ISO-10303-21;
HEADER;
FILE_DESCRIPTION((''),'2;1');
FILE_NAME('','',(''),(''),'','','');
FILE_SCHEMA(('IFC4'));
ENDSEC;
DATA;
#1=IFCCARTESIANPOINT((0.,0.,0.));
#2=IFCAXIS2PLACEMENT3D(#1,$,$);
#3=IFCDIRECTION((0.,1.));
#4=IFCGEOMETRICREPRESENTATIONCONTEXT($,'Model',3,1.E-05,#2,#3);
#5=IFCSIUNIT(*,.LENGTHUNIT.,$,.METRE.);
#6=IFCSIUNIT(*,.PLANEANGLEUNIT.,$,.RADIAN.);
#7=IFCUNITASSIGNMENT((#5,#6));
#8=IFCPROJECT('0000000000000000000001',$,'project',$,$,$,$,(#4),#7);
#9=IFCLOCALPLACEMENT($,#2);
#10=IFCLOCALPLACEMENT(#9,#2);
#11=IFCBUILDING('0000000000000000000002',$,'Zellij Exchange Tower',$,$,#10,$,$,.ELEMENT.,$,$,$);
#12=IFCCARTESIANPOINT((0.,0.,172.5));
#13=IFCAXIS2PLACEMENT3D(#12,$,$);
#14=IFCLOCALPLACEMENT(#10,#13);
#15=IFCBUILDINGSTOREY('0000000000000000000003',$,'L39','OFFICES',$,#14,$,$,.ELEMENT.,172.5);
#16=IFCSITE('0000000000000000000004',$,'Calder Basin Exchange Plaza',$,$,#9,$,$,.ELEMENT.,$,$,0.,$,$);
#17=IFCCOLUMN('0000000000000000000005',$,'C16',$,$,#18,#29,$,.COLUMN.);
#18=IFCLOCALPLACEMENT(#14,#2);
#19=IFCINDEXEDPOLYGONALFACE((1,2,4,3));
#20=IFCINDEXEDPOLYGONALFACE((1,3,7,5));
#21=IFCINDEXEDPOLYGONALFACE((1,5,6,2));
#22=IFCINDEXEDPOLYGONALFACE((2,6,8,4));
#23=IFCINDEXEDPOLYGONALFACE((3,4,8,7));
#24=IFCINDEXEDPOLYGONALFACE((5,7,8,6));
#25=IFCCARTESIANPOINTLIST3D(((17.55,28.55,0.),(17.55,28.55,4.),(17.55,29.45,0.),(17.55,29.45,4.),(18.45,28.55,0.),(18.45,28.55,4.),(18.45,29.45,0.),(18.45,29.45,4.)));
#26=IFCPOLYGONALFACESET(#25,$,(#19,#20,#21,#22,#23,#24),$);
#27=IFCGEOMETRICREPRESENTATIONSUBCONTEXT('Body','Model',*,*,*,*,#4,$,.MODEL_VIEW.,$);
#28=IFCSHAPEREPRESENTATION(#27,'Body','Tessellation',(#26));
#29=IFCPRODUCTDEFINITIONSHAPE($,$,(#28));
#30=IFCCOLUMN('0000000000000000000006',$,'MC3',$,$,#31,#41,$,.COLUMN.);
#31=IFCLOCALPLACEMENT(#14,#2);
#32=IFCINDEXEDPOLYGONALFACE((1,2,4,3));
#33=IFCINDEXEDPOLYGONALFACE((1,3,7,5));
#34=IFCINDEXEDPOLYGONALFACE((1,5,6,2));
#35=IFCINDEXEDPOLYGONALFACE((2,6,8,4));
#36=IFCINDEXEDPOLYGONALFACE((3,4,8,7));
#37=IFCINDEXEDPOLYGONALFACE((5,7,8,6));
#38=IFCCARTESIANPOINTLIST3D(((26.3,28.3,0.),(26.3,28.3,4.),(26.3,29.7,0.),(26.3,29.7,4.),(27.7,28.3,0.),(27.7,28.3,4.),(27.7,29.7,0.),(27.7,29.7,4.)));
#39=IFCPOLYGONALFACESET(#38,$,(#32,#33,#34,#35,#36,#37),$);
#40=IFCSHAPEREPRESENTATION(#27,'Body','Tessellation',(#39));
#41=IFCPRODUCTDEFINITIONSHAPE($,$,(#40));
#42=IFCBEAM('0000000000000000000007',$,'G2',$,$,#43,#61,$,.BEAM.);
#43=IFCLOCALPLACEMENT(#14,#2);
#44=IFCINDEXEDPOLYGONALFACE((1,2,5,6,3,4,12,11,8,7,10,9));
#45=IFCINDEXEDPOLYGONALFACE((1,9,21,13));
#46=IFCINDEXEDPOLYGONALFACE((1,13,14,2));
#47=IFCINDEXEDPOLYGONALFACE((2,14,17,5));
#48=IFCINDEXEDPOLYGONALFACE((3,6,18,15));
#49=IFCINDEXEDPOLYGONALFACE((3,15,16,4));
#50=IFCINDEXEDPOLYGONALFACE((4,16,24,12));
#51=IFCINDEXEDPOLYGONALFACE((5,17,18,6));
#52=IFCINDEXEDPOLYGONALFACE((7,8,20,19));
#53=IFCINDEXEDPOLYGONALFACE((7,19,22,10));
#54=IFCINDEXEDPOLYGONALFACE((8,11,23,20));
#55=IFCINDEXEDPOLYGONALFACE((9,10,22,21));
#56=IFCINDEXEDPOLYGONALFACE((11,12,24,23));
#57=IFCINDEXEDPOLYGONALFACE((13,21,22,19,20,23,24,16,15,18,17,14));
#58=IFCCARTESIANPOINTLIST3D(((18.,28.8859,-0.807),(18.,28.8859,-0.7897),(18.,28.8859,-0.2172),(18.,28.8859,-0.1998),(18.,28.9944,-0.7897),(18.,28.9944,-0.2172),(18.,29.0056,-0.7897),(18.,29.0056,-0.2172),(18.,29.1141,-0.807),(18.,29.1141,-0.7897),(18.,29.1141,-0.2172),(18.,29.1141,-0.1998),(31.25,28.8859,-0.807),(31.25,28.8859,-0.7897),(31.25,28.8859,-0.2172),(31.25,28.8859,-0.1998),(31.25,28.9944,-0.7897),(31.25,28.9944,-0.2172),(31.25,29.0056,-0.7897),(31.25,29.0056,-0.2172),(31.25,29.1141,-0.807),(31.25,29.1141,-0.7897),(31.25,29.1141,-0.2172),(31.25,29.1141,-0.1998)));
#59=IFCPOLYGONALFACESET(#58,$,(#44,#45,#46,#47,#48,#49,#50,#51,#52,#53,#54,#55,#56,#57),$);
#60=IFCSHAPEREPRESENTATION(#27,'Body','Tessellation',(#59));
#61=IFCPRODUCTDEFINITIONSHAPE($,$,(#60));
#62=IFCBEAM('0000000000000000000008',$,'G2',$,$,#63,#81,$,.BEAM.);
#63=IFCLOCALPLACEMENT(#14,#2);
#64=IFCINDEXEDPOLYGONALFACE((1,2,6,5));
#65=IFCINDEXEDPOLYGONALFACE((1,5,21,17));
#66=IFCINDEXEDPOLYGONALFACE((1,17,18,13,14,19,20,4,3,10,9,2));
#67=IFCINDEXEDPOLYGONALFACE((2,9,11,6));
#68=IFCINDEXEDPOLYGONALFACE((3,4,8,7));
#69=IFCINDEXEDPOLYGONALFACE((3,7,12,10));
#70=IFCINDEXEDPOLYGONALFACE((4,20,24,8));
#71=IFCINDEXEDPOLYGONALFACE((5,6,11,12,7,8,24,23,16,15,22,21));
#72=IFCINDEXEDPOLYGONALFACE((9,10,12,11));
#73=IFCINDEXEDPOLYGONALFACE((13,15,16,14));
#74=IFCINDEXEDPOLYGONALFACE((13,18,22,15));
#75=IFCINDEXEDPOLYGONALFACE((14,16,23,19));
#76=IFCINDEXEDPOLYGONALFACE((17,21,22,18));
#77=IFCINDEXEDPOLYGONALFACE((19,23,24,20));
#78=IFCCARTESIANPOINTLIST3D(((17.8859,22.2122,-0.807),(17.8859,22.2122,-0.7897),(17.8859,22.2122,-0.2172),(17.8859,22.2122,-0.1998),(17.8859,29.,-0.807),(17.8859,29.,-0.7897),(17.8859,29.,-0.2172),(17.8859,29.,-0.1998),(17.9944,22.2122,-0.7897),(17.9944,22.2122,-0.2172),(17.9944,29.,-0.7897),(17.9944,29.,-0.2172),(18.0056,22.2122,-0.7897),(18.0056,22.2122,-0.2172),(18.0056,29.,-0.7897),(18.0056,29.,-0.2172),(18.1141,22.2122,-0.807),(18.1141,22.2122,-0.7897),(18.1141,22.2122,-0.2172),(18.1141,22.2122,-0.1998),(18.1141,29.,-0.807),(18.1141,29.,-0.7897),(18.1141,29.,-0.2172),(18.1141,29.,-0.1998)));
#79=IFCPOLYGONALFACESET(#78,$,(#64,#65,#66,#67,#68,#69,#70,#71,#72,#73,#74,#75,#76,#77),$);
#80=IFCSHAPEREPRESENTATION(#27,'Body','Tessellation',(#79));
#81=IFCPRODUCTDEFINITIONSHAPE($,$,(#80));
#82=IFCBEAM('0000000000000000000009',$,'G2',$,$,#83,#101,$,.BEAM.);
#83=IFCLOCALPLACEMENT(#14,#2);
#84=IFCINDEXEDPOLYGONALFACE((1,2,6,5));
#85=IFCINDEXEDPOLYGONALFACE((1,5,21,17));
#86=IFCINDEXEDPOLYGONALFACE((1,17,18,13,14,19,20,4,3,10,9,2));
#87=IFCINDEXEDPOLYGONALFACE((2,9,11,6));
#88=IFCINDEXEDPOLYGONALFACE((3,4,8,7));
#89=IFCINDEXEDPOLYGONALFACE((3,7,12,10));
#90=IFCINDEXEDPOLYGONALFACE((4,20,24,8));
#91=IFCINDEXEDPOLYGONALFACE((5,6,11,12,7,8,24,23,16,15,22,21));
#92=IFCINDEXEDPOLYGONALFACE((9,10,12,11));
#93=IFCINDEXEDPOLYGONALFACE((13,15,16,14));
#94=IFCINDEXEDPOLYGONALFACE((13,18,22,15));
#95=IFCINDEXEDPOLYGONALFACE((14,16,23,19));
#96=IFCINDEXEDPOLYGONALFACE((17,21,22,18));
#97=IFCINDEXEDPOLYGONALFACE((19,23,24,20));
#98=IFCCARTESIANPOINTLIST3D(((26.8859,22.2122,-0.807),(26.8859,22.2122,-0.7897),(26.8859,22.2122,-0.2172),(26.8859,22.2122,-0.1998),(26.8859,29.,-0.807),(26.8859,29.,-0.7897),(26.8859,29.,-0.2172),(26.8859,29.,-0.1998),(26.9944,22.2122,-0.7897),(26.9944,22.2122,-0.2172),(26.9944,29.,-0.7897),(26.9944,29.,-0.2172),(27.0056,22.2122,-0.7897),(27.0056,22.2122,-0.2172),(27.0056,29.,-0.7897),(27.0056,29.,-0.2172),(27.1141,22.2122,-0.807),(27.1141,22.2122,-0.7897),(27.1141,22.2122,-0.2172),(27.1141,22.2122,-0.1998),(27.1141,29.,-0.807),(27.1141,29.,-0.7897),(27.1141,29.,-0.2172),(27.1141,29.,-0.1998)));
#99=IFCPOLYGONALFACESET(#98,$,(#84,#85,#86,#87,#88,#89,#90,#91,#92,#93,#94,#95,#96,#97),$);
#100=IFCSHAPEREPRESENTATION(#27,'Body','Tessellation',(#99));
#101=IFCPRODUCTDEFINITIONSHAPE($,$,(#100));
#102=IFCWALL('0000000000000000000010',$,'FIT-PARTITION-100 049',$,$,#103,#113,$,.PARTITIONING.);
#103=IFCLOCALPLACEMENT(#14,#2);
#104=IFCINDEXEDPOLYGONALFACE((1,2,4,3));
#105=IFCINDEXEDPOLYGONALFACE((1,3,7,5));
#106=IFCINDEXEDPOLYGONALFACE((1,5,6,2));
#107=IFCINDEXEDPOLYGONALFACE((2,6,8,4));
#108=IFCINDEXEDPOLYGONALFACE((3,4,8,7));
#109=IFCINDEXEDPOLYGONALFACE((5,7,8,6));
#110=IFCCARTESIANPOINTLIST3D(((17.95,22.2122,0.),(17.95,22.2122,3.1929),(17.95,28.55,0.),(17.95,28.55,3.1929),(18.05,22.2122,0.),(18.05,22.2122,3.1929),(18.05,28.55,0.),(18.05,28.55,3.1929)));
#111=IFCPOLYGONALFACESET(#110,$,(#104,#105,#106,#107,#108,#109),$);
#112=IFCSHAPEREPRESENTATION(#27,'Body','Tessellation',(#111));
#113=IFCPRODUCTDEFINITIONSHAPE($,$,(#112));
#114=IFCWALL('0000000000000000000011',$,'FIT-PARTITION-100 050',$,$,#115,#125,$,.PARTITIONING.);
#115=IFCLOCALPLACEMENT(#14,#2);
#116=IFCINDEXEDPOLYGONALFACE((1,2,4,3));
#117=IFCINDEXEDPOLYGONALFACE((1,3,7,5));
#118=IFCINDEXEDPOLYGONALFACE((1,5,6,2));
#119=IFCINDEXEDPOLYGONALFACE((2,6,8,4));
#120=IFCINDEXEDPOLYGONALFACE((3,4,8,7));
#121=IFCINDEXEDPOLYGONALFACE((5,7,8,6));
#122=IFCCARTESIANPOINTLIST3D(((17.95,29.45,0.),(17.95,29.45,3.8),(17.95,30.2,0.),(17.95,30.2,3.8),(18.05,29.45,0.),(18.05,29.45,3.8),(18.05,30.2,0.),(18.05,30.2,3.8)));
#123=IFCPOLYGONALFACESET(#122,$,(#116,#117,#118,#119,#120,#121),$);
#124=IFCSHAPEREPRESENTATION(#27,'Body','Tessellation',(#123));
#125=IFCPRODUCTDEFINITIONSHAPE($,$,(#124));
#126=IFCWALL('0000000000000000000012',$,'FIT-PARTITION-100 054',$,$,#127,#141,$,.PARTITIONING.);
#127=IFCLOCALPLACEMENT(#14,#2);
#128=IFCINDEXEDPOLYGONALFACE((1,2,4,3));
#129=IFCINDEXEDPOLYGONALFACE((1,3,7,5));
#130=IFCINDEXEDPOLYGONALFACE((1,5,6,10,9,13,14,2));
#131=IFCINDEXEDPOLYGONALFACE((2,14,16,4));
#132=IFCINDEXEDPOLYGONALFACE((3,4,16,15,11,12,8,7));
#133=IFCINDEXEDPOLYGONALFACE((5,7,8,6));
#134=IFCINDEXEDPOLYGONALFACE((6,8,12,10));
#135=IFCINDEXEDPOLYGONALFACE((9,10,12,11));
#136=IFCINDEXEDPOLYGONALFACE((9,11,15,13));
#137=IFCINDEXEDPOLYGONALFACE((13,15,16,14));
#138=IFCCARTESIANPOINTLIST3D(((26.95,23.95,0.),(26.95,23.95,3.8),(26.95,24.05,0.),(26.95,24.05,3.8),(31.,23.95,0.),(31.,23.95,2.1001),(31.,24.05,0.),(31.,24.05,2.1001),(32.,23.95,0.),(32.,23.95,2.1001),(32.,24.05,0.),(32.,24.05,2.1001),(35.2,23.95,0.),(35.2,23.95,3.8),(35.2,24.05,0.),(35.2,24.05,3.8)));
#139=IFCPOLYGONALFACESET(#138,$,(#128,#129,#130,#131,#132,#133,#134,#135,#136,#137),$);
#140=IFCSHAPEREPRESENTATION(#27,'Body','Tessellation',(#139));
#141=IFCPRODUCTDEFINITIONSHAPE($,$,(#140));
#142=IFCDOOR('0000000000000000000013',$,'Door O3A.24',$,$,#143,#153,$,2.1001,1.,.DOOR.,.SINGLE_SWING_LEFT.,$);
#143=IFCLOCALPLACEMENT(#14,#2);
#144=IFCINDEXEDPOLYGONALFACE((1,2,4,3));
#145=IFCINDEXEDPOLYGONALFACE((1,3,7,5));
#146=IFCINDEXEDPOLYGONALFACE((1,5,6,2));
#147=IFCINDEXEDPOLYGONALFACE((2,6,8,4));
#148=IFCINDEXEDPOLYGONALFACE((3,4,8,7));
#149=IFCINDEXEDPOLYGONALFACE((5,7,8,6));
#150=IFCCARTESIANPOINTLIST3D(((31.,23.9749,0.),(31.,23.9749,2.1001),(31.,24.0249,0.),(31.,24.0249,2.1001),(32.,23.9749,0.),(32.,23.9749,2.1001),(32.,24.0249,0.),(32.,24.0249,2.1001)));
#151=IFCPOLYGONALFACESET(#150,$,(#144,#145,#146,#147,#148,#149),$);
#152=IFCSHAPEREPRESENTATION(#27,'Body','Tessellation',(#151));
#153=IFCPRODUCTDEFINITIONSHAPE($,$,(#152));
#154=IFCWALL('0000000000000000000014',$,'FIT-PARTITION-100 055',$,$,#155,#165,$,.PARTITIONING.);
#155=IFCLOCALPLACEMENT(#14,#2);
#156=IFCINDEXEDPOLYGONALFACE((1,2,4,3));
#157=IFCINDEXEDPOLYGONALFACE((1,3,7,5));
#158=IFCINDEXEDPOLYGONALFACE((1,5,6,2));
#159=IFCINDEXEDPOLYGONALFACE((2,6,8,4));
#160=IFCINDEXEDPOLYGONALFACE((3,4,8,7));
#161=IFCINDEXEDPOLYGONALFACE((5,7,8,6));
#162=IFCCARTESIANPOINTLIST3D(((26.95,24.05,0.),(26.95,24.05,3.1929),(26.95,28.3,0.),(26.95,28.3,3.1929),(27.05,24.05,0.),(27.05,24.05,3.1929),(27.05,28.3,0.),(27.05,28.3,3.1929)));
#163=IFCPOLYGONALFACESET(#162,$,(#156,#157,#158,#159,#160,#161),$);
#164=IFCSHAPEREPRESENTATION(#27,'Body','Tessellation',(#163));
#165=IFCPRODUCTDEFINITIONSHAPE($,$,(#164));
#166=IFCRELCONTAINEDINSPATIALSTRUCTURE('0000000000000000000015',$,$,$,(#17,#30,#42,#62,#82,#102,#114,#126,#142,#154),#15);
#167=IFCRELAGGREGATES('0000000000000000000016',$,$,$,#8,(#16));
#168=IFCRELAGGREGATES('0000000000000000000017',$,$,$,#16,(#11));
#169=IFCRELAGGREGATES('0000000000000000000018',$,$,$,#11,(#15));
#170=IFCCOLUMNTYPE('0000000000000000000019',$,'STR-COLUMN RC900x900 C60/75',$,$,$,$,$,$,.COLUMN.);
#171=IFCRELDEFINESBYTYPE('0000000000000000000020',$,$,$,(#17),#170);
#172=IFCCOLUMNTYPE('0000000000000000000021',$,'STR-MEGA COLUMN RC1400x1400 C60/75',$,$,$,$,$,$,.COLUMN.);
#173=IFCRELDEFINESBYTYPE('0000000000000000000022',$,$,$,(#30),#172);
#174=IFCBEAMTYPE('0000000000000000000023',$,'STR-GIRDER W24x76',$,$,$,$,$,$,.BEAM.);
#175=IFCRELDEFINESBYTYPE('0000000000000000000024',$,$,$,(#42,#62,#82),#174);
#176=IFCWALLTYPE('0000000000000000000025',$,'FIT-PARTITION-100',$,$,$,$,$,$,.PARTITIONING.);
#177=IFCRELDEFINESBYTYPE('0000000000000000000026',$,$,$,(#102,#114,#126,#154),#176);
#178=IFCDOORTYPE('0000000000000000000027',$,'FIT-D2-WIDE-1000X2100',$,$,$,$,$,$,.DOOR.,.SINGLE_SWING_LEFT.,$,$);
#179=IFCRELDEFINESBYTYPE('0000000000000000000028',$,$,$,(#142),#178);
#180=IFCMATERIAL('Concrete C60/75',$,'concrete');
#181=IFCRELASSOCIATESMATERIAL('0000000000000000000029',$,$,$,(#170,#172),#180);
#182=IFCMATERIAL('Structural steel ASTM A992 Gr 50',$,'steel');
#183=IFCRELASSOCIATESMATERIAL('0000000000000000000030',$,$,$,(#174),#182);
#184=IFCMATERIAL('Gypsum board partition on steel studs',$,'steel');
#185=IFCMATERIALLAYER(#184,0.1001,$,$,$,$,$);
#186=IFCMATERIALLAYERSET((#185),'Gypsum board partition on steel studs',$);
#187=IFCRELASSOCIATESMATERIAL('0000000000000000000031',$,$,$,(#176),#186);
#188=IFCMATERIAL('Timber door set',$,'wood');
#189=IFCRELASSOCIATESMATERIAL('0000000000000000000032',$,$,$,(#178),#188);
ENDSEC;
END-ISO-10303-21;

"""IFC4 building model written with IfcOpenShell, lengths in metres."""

from ifc_helpers import new_model, si_unit, direction, frame, frame_2d, origin, origin_2d, place, context, subcontext, project, spatial, rectangle, i_section, extrude, material, layer, layer_set, material_profile, profile_set, type_object, element, fill, save


model = new_model("IFC4")

# Units and contexts
model_context = context("Model", 3, precision=1e-05, world=origin(), true_north=direction((0.0, 1.0)))
body_context = subcontext(model_context, "Body", "Model", "MODEL_VIEW")
ifc_project = project(units=[si_unit("LENGTHUNIT", "METRE"), si_unit("PLANEANGLEUNIT", "RADIAN")], contexts=[model_context])

# Site, building, storey
site_placement = place(None, origin())
site = spatial("IfcSite", under=ifc_project, at=site_placement, Name="Calder Basin Exchange Plaza", CompositionType="ELEMENT", RefElevation=0.0)
building_placement = place(site_placement, origin())
building = spatial("IfcBuilding", under=site, at=building_placement, Name="Zellij Exchange Tower", CompositionType="ELEMENT")
storey_placement = place(building_placement, frame((0.0, 0.0, 172.5)))
storey = spatial("IfcBuildingStorey", under=building, at=storey_placement, Name="L39", Description="OFFICES", CompositionType="ELEMENT", Elevation=172.5)

# Columns
ifc_material_1 = material(Name="Concrete C60/75", Category="concrete")
ifc_material_profile_1 = material_profile(ifc_material_1, rectangle(XDim=0.8999, YDim=0.8999, at=origin_2d()), Name="STR-COLUMN RC900x900 C60/75")
ifc_profile_set_1 = profile_set([ifc_material_profile_1], Name="Concrete C60/75")
column_type_1 = type_object("IfcColumnType", Name="STR-COLUMN RC900x900 C60/75", PredefinedType="COLUMN", material=ifc_profile_set_1)
column_1_placement = place(storey_placement, frame((18.0, 29.0, 0.0), z_axis=(0.0, 0.0, 1.0), x_axis=(1.0, 0.0, 0.0)))
element("IfcColumn", 1, at=column_1_placement, inside=storey, type_object=column_type_1, Name="C16", PredefinedType="COLUMN", context=body_context, shape_type="SweptSolid", body=[
    extrude(rectangle(XDim=0.8999, YDim=0.8999, at=origin_2d()), origin(), (0.0, 0.0, 1.0), 4.0),
])
ifc_material_profile_2 = material_profile(ifc_material_1, rectangle(XDim=1.3999, YDim=1.3999, at=origin_2d()), Name="STR-MEGA COLUMN RC1400x1400 C60/75")
ifc_profile_set_2 = profile_set([ifc_material_profile_2], Name="Concrete C60/75")
column_type_2 = type_object("IfcColumnType", Name="STR-MEGA COLUMN RC1400x1400 C60/75", PredefinedType="COLUMN", material=ifc_profile_set_2)
column_2_placement = place(storey_placement, frame((27.0, 29.0, 0.0), z_axis=(0.0, 0.0, 1.0), x_axis=(1.0, 0.0, 0.0)))
element("IfcColumn", 2, at=column_2_placement, inside=storey, type_object=column_type_2, Name="MC3", PredefinedType="COLUMN", context=body_context, shape_type="SweptSolid", body=[
    extrude(rectangle(XDim=1.3999, YDim=1.3999, at=origin_2d()), origin(), (0.0, 0.0, 1.0), 4.0),
])

# Beams
ifc_material_2 = material(Name="Structural steel ASTM A992 Gr 50", Category="steel")
ifc_material_profile_3 = material_profile(ifc_material_2, i_section(OverallWidth=0.2283, OverallDepth=0.6072, WebThickness=0.0112, FlangeThickness=0.0173, at=origin_2d()), Name="W24x76")
ifc_profile_set_3 = profile_set([ifc_material_profile_3], Name="Structural steel ASTM A992 Gr 50")
beam_type = type_object("IfcBeamType", Name="STR-GIRDER W24x76", PredefinedType="BEAM", material=ifc_profile_set_3)
beam_placement = place(storey_placement, frame((18.0, 29.0, -0.5034), z_axis=(1.0, 0.0, 0.0), x_axis=(0.0, 1.0, 0.0)))
element("IfcBeam", 3, at=beam_placement, inside=storey, type_object=beam_type, Name="G2", PredefinedType="BEAM", context=body_context, shape_type="SweptSolid", body=[
    extrude(i_section(OverallWidth=0.2283, OverallDepth=0.6072, WebThickness=0.0112, FlangeThickness=0.0173, at=origin_2d()), origin(), (0.0, 0.0, 1.0), 13.25),
])
for number, where, z_axis, x_axis, name in (
    (4, (18.0, 22.2122, -0.5034), (0.0, 1.0, 0.0), (-1.0, 0.0, 0.0), "G2"),
    (5, (27.0, 22.2122, -0.5034), (0.0, 1.0, 0.0), (-1.0, 0.0, 0.0), "G2"),
):
    element("IfcBeam", number, at=place(storey_placement, frame(where, z_axis=z_axis, x_axis=x_axis)), inside=storey, type_object=beam_type, Name=name, PredefinedType="BEAM", context=body_context, shape_type="SweptSolid", body=[
        extrude(i_section(OverallWidth=0.2283, OverallDepth=0.6072, WebThickness=0.0112, FlangeThickness=0.0173, at=origin_2d()), origin(), (0.0, 0.0, 1.0), 6.7878),
    ])

# Walls
ifc_material_3 = material(Name="Gypsum board partition on steel studs", Category="steel")
ifc_layer_1 = layer(ifc_material_3, 0.1001)
ifc_layer_set_1 = layer_set([ifc_layer_1], Name="Gypsum board partition on steel studs")
wall_type = type_object("IfcWallType", Name="FIT-PARTITION-100", PredefinedType="PARTITIONING", material=ifc_layer_set_1)
wall_1_placement = place(storey_placement, frame((18.0, 22.2122, 0.0), z_axis=(0.0, 0.0, 1.0), x_axis=(0.0, 1.0, 0.0)))
element("IfcWall", 6, at=wall_1_placement, inside=storey, type_object=wall_type, Name="FIT-PARTITION-100 049", PredefinedType="PARTITIONING", context=body_context, shape_type="SweptSolid", body=[
    extrude(rectangle(XDim=6.3379, YDim=0.1001, at=frame_2d((3.1689, 0.0))), origin(), (0.0, 0.0, 1.0), 3.1929),
])
wall_2_placement = place(storey_placement, frame((18.0, 29.45, 0.0), z_axis=(0.0, 0.0, 1.0), x_axis=(0.0, 1.0, 0.0)))
element("IfcWall", 7, at=wall_2_placement, inside=storey, type_object=wall_type, Name="FIT-PARTITION-100 050", PredefinedType="PARTITIONING", context=body_context, shape_type="SweptSolid", body=[
    extrude(rectangle(XDim=0.75, YDim=0.1001, at=frame_2d((0.375, 0.0))), origin(), (0.0, 0.0, 1.0), 3.8),
])

# Wall, opening, door
wall_3_placement = place(storey_placement, frame((26.95, 24.0, 0.0), z_axis=(0.0, 0.0, 1.0), x_axis=(1.0, 0.0, 0.0)))
wall_3 = element("IfcWall", 8, at=wall_3_placement, inside=storey, type_object=wall_type, Name="FIT-PARTITION-100 054", PredefinedType="PARTITIONING", context=body_context, shape_type="SweptSolid", body=[
    extrude(rectangle(XDim=8.25, YDim=0.1001, at=frame_2d((4.125, 0.0))), origin(), (0.0, 0.0, 1.0), 3.8),
])
opening_placement = place(wall_3_placement, frame((4.05, 0.0, 0.0)))
opening = element("IfcOpeningElement", 9, at=opening_placement, cuts=wall_3, PredefinedType="OPENING", context=body_context, shape_type="SweptSolid", body=[
    extrude(rectangle(XDim=1.0, YDim=2.1001, at=frame_2d((0.5, 1.05))), frame((0.0, 0.062, 0.0), z_axis=(0.0, -1.0, 0.0), x_axis=(1.0, 0.0, 0.0)), (0.0, 0.0, 1.0), 0.124),
])
ifc_material_4 = material(Name="Timber door set", Category="wood")
door_type = type_object("IfcDoorType", Name="FIT-D2-WIDE-1000X2100", OperationType="SINGLE_SWING_LEFT", PredefinedType="DOOR", material=ifc_material_4)
door_placement = place(opening_placement, origin())
door = element("IfcDoor", 10, at=door_placement, inside=storey, type_object=door_type, Name="Door O3A.24", OperationType="SINGLE_SWING_LEFT", OverallHeight=2.1001, OverallWidth=1.0, PredefinedType="DOOR", context=body_context, shape_type="SweptSolid", body=[
    extrude(rectangle(XDim=1.0, YDim=2.1001, at=frame_2d((0.5, 1.05))), frame((0.0, 0.0249, 0.0), z_axis=(0.0, -1.0, 0.0), x_axis=(1.0, 0.0, 0.0)), (0.0, 0.0, 1.0), 0.05),
])
fill(opening, door)

# Wall
wall_4_placement = place(storey_placement, frame((27.0, 24.05, 0.0), z_axis=(0.0, 0.0, 1.0), x_axis=(0.0, 1.0, 0.0)))
element("IfcWall", 11, at=wall_4_placement, inside=storey, type_object=wall_type, Name="FIT-PARTITION-100 055", PredefinedType="PARTITIONING", context=body_context, shape_type="SweptSolid", body=[
    extrude(rectangle(XDim=4.25, YDim=0.1001, at=frame_2d((2.125, 0.0))), origin(), (0.0, 0.0, 1.0), 3.1929),
])

save(model, "model.ifc")
